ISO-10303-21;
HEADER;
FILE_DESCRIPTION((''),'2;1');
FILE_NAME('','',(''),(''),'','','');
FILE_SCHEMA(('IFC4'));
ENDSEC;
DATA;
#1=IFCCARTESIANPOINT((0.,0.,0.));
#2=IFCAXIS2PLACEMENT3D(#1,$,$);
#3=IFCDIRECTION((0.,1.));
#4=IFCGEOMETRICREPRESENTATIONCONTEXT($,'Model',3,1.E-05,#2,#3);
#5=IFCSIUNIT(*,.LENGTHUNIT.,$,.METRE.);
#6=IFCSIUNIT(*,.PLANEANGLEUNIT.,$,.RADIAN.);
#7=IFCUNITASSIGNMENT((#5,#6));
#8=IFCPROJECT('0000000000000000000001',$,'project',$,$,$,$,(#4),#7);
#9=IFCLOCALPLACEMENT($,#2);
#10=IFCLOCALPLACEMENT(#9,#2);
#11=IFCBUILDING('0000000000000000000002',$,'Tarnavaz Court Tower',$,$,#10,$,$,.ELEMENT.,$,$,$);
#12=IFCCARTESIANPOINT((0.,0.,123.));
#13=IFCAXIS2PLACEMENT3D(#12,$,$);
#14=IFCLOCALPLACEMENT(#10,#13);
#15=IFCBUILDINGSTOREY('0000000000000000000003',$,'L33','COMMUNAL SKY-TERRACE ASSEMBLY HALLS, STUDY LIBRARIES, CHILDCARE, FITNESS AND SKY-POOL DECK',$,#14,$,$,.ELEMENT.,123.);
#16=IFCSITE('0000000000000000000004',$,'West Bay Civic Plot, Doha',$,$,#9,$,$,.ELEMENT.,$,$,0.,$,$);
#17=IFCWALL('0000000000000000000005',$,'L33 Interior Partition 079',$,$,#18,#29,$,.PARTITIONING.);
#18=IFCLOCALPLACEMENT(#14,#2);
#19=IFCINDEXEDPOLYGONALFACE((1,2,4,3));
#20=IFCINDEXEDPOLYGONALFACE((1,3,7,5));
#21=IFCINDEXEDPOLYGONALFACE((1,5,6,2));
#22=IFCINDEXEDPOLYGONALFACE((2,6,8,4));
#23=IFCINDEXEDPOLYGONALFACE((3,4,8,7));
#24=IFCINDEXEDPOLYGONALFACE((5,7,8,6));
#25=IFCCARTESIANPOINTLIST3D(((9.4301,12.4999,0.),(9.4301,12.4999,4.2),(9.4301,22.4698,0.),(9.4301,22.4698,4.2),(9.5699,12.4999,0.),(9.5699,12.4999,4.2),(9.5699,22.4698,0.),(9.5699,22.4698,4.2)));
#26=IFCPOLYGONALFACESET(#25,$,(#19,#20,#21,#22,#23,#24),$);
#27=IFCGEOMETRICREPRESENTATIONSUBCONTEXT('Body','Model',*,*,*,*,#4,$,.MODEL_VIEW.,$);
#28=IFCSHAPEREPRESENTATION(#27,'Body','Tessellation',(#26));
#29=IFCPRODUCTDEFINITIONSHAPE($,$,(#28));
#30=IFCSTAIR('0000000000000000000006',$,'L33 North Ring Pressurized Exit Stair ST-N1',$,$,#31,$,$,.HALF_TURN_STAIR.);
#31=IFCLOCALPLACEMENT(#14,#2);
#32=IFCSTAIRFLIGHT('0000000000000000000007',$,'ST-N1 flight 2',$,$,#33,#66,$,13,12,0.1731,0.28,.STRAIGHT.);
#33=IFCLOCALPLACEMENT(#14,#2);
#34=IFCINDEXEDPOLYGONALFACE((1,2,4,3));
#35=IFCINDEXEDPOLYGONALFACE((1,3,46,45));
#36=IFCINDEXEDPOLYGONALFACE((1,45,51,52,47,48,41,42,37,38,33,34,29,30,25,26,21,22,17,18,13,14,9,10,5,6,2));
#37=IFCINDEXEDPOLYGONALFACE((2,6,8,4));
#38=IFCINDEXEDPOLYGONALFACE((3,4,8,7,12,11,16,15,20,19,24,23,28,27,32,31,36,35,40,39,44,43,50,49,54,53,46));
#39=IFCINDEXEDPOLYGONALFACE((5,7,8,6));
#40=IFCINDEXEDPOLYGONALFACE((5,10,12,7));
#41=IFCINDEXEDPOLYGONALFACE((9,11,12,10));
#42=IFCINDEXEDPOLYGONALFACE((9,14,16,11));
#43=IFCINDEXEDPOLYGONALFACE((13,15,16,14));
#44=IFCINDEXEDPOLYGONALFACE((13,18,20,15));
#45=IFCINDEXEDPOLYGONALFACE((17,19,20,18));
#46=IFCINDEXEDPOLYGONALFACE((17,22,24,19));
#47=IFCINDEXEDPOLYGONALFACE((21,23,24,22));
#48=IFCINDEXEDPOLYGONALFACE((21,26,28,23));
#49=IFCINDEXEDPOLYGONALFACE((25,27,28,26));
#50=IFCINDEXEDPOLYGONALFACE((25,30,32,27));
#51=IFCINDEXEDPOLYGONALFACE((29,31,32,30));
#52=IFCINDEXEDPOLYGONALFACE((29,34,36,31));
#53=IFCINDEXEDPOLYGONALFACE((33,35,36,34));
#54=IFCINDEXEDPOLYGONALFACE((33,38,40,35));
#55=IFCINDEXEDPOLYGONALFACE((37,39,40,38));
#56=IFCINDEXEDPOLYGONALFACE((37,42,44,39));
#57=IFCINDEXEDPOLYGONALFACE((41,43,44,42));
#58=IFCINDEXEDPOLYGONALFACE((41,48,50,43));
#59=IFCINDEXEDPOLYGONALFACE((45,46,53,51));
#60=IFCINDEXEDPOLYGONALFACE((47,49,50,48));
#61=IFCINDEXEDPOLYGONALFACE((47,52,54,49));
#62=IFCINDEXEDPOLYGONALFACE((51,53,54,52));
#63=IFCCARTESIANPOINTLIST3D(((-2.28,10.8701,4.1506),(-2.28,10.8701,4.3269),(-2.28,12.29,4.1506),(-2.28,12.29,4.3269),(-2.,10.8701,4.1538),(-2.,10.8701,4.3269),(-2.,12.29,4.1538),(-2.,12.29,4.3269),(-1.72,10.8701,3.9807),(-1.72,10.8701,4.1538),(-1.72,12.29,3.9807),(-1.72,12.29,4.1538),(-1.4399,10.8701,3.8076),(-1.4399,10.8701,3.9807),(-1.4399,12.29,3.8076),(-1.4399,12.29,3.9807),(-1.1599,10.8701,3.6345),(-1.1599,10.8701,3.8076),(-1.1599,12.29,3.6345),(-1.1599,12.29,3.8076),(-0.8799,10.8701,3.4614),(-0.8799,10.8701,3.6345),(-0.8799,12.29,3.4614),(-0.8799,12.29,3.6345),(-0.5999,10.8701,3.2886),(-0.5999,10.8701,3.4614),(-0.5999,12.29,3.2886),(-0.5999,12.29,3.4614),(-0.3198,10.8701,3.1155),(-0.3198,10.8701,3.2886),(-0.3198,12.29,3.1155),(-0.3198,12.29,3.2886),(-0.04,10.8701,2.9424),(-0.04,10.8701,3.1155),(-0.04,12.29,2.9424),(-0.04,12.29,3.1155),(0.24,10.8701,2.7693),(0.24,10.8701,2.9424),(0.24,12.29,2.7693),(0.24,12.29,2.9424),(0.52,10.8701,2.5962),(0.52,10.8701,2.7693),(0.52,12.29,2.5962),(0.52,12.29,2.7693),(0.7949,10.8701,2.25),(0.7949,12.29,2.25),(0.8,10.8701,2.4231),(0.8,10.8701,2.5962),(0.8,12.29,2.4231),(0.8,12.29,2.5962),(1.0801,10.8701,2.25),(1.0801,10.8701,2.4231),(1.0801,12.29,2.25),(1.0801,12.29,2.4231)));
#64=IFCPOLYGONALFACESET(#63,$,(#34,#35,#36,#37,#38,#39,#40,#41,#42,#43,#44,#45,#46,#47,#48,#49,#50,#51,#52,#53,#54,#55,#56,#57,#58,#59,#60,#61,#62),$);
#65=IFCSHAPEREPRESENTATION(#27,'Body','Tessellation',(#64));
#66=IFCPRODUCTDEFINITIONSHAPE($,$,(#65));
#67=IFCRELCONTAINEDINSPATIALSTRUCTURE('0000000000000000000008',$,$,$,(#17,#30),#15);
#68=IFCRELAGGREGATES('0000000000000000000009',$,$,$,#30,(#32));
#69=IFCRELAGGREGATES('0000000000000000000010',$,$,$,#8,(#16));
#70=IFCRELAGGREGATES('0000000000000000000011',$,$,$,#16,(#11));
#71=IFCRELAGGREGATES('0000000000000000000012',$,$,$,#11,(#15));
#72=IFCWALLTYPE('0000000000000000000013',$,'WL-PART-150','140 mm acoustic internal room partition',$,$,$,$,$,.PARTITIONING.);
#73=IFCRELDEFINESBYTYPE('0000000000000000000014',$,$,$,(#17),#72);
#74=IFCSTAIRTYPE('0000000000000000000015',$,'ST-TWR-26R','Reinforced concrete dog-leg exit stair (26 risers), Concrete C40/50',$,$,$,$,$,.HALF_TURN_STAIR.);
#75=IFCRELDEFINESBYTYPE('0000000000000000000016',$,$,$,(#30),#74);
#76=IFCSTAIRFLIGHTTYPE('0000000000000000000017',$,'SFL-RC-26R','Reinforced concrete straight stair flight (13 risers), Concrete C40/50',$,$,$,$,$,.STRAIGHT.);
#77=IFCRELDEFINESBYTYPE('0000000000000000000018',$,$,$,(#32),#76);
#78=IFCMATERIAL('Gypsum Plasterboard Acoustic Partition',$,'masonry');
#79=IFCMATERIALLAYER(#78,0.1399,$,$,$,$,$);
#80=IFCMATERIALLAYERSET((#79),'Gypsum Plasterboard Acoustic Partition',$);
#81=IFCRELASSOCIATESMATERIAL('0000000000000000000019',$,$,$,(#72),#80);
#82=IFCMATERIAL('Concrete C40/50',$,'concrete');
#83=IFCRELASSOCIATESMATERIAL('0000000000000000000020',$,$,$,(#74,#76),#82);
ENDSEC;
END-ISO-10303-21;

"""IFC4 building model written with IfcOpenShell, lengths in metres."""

from ifc_helpers import new_model, si_unit, direction, frame, frame_2d, origin, place, context, subcontext, project, spatial, polyline, rectangle, outline, extrude, material, layer, layer_set, type_object, element, aggregate, save


model = new_model("IFC4")

# Units and contexts
model_context = context("Model", 3, precision=1e-05, world=origin(), true_north=direction((0.0, 1.0)))
body_context = subcontext(model_context, "Body", "Model", "MODEL_VIEW")
ifc_project = project(units=[si_unit("LENGTHUNIT", "METRE"), si_unit("PLANEANGLEUNIT", "RADIAN")], contexts=[model_context])

# Site, building, storey
site_placement = place(None, origin())
site = spatial("IfcSite", under=ifc_project, at=site_placement, Name="West Bay Civic Plot, Doha", CompositionType="ELEMENT", RefElevation=0.0)
building_placement = place(site_placement, origin())
building = spatial("IfcBuilding", under=site, at=building_placement, Name="Tarnavaz Court Tower", CompositionType="ELEMENT")
storey_placement = place(building_placement, frame((0.0, 0.0, 123.0)))
storey = spatial("IfcBuildingStorey", under=building, at=storey_placement, Name="L33", Description="COMMUNAL SKY-TERRACE ASSEMBLY HALLS, STUDY LIBRARIES, CHILDCARE, FITNESS AND SKY-POOL DECK", CompositionType="ELEMENT", Elevation=123.0)

# Wall
ifc_material_1 = material(Name="Gypsum Plasterboard Acoustic Partition", Category="masonry")
ifc_layer_1 = layer(ifc_material_1, 0.1399)
ifc_layer_set_1 = layer_set([ifc_layer_1], Name="Gypsum Plasterboard Acoustic Partition")
wall_type_1 = type_object("IfcWallType", Name="WL-PART-150", Description="140 mm acoustic internal room partition", PredefinedType="PARTITIONING", material=ifc_layer_set_1)
wall_1_placement = place(storey_placement, frame((9.5, 12.5, 0.0), z_axis=(0.0, 0.0, 1.0), x_axis=(0.0, 1.0, 0.0)))
element("IfcWall", 1, at=wall_1_placement, inside=storey, type_object=wall_type_1, Name="L33 Interior Partition 079", PredefinedType="PARTITIONING", context=body_context, shape_type="SweptSolid", body=[
    extrude(rectangle(XDim=9.97, YDim=0.1399, at=frame_2d((4.9849, 0.0))), origin(), (0.0, 0.0, 1.0), 4.2),
])

# Stair, stair flight
ifc_material_2 = material(Name="Concrete C40/50", Category="concrete")
stair_type = type_object("IfcStairType", Name="ST-TWR-26R", Description="Reinforced concrete dog-leg exit stair (26 risers), Concrete C40/50", PredefinedType="HALF_TURN_STAIR", material=ifc_material_2)
stair_placement = place(storey_placement, origin())
stair = element("IfcStair", 2, at=stair_placement, inside=storey, type_object=stair_type, Name="L33 North Ring Pressurized Exit Stair ST-N1", PredefinedType="HALF_TURN_STAIR")
stair_flight_type = type_object("IfcStairFlightType", Name="SFL-RC-26R", Description="Reinforced concrete straight stair flight (13 risers), Concrete C40/50", PredefinedType="STRAIGHT", material=ifc_material_2)
stair_flight_placement = place(storey_placement, frame((1.0801, 11.5801, 2.25), z_axis=(0.0, 0.0, 1.0), x_axis=(-1.0, 0.0, 0.0)))
stair_flight = element("IfcStairFlight", 3, at=stair_flight_placement, type_object=stair_flight_type, Name="ST-N1 flight 2", NumberOfRisers=13, NumberOfTreads=12, PredefinedType="STRAIGHT", RiserHeight=0.1731, TreadLength=0.28, context=body_context, shape_type="SweptSolid", body=[
    extrude(outline(polyline([(0.0, 0.0), (0.0, 0.1731), (0.28, 0.1731), (0.28, 0.3462), (0.5601, 0.3462), (0.5601, 0.5193), (0.8401, 0.5193), (0.8401, 0.6924), (1.1201, 0.6924), (1.1201, 0.8655), (1.3999, 0.8655), (1.3999, 1.0386), (1.6799, 1.0386), (1.6799, 1.2114), (1.96, 1.2114), (1.96, 1.3845), (2.24, 1.3845), (2.24, 1.5576), (2.52, 1.5576), (2.52, 1.7307), (2.8, 1.7307), (2.8, 1.9038), (3.0801, 1.9038), (3.0801, 2.0769), (3.3601, 2.0769), (3.3601, 2.25), (3.3601, 1.9006), (0.2852, 0.0), (0.0, 0.0)])), frame((0.0, 0.71, 0.0), z_axis=(0.0, -1.0, 0.0), x_axis=(1.0, 0.0, 0.0)), (0.0, 0.0, 1.0), 1.4199),
])
aggregate(stair, [stair_flight])

save(model, "model.ifc")
